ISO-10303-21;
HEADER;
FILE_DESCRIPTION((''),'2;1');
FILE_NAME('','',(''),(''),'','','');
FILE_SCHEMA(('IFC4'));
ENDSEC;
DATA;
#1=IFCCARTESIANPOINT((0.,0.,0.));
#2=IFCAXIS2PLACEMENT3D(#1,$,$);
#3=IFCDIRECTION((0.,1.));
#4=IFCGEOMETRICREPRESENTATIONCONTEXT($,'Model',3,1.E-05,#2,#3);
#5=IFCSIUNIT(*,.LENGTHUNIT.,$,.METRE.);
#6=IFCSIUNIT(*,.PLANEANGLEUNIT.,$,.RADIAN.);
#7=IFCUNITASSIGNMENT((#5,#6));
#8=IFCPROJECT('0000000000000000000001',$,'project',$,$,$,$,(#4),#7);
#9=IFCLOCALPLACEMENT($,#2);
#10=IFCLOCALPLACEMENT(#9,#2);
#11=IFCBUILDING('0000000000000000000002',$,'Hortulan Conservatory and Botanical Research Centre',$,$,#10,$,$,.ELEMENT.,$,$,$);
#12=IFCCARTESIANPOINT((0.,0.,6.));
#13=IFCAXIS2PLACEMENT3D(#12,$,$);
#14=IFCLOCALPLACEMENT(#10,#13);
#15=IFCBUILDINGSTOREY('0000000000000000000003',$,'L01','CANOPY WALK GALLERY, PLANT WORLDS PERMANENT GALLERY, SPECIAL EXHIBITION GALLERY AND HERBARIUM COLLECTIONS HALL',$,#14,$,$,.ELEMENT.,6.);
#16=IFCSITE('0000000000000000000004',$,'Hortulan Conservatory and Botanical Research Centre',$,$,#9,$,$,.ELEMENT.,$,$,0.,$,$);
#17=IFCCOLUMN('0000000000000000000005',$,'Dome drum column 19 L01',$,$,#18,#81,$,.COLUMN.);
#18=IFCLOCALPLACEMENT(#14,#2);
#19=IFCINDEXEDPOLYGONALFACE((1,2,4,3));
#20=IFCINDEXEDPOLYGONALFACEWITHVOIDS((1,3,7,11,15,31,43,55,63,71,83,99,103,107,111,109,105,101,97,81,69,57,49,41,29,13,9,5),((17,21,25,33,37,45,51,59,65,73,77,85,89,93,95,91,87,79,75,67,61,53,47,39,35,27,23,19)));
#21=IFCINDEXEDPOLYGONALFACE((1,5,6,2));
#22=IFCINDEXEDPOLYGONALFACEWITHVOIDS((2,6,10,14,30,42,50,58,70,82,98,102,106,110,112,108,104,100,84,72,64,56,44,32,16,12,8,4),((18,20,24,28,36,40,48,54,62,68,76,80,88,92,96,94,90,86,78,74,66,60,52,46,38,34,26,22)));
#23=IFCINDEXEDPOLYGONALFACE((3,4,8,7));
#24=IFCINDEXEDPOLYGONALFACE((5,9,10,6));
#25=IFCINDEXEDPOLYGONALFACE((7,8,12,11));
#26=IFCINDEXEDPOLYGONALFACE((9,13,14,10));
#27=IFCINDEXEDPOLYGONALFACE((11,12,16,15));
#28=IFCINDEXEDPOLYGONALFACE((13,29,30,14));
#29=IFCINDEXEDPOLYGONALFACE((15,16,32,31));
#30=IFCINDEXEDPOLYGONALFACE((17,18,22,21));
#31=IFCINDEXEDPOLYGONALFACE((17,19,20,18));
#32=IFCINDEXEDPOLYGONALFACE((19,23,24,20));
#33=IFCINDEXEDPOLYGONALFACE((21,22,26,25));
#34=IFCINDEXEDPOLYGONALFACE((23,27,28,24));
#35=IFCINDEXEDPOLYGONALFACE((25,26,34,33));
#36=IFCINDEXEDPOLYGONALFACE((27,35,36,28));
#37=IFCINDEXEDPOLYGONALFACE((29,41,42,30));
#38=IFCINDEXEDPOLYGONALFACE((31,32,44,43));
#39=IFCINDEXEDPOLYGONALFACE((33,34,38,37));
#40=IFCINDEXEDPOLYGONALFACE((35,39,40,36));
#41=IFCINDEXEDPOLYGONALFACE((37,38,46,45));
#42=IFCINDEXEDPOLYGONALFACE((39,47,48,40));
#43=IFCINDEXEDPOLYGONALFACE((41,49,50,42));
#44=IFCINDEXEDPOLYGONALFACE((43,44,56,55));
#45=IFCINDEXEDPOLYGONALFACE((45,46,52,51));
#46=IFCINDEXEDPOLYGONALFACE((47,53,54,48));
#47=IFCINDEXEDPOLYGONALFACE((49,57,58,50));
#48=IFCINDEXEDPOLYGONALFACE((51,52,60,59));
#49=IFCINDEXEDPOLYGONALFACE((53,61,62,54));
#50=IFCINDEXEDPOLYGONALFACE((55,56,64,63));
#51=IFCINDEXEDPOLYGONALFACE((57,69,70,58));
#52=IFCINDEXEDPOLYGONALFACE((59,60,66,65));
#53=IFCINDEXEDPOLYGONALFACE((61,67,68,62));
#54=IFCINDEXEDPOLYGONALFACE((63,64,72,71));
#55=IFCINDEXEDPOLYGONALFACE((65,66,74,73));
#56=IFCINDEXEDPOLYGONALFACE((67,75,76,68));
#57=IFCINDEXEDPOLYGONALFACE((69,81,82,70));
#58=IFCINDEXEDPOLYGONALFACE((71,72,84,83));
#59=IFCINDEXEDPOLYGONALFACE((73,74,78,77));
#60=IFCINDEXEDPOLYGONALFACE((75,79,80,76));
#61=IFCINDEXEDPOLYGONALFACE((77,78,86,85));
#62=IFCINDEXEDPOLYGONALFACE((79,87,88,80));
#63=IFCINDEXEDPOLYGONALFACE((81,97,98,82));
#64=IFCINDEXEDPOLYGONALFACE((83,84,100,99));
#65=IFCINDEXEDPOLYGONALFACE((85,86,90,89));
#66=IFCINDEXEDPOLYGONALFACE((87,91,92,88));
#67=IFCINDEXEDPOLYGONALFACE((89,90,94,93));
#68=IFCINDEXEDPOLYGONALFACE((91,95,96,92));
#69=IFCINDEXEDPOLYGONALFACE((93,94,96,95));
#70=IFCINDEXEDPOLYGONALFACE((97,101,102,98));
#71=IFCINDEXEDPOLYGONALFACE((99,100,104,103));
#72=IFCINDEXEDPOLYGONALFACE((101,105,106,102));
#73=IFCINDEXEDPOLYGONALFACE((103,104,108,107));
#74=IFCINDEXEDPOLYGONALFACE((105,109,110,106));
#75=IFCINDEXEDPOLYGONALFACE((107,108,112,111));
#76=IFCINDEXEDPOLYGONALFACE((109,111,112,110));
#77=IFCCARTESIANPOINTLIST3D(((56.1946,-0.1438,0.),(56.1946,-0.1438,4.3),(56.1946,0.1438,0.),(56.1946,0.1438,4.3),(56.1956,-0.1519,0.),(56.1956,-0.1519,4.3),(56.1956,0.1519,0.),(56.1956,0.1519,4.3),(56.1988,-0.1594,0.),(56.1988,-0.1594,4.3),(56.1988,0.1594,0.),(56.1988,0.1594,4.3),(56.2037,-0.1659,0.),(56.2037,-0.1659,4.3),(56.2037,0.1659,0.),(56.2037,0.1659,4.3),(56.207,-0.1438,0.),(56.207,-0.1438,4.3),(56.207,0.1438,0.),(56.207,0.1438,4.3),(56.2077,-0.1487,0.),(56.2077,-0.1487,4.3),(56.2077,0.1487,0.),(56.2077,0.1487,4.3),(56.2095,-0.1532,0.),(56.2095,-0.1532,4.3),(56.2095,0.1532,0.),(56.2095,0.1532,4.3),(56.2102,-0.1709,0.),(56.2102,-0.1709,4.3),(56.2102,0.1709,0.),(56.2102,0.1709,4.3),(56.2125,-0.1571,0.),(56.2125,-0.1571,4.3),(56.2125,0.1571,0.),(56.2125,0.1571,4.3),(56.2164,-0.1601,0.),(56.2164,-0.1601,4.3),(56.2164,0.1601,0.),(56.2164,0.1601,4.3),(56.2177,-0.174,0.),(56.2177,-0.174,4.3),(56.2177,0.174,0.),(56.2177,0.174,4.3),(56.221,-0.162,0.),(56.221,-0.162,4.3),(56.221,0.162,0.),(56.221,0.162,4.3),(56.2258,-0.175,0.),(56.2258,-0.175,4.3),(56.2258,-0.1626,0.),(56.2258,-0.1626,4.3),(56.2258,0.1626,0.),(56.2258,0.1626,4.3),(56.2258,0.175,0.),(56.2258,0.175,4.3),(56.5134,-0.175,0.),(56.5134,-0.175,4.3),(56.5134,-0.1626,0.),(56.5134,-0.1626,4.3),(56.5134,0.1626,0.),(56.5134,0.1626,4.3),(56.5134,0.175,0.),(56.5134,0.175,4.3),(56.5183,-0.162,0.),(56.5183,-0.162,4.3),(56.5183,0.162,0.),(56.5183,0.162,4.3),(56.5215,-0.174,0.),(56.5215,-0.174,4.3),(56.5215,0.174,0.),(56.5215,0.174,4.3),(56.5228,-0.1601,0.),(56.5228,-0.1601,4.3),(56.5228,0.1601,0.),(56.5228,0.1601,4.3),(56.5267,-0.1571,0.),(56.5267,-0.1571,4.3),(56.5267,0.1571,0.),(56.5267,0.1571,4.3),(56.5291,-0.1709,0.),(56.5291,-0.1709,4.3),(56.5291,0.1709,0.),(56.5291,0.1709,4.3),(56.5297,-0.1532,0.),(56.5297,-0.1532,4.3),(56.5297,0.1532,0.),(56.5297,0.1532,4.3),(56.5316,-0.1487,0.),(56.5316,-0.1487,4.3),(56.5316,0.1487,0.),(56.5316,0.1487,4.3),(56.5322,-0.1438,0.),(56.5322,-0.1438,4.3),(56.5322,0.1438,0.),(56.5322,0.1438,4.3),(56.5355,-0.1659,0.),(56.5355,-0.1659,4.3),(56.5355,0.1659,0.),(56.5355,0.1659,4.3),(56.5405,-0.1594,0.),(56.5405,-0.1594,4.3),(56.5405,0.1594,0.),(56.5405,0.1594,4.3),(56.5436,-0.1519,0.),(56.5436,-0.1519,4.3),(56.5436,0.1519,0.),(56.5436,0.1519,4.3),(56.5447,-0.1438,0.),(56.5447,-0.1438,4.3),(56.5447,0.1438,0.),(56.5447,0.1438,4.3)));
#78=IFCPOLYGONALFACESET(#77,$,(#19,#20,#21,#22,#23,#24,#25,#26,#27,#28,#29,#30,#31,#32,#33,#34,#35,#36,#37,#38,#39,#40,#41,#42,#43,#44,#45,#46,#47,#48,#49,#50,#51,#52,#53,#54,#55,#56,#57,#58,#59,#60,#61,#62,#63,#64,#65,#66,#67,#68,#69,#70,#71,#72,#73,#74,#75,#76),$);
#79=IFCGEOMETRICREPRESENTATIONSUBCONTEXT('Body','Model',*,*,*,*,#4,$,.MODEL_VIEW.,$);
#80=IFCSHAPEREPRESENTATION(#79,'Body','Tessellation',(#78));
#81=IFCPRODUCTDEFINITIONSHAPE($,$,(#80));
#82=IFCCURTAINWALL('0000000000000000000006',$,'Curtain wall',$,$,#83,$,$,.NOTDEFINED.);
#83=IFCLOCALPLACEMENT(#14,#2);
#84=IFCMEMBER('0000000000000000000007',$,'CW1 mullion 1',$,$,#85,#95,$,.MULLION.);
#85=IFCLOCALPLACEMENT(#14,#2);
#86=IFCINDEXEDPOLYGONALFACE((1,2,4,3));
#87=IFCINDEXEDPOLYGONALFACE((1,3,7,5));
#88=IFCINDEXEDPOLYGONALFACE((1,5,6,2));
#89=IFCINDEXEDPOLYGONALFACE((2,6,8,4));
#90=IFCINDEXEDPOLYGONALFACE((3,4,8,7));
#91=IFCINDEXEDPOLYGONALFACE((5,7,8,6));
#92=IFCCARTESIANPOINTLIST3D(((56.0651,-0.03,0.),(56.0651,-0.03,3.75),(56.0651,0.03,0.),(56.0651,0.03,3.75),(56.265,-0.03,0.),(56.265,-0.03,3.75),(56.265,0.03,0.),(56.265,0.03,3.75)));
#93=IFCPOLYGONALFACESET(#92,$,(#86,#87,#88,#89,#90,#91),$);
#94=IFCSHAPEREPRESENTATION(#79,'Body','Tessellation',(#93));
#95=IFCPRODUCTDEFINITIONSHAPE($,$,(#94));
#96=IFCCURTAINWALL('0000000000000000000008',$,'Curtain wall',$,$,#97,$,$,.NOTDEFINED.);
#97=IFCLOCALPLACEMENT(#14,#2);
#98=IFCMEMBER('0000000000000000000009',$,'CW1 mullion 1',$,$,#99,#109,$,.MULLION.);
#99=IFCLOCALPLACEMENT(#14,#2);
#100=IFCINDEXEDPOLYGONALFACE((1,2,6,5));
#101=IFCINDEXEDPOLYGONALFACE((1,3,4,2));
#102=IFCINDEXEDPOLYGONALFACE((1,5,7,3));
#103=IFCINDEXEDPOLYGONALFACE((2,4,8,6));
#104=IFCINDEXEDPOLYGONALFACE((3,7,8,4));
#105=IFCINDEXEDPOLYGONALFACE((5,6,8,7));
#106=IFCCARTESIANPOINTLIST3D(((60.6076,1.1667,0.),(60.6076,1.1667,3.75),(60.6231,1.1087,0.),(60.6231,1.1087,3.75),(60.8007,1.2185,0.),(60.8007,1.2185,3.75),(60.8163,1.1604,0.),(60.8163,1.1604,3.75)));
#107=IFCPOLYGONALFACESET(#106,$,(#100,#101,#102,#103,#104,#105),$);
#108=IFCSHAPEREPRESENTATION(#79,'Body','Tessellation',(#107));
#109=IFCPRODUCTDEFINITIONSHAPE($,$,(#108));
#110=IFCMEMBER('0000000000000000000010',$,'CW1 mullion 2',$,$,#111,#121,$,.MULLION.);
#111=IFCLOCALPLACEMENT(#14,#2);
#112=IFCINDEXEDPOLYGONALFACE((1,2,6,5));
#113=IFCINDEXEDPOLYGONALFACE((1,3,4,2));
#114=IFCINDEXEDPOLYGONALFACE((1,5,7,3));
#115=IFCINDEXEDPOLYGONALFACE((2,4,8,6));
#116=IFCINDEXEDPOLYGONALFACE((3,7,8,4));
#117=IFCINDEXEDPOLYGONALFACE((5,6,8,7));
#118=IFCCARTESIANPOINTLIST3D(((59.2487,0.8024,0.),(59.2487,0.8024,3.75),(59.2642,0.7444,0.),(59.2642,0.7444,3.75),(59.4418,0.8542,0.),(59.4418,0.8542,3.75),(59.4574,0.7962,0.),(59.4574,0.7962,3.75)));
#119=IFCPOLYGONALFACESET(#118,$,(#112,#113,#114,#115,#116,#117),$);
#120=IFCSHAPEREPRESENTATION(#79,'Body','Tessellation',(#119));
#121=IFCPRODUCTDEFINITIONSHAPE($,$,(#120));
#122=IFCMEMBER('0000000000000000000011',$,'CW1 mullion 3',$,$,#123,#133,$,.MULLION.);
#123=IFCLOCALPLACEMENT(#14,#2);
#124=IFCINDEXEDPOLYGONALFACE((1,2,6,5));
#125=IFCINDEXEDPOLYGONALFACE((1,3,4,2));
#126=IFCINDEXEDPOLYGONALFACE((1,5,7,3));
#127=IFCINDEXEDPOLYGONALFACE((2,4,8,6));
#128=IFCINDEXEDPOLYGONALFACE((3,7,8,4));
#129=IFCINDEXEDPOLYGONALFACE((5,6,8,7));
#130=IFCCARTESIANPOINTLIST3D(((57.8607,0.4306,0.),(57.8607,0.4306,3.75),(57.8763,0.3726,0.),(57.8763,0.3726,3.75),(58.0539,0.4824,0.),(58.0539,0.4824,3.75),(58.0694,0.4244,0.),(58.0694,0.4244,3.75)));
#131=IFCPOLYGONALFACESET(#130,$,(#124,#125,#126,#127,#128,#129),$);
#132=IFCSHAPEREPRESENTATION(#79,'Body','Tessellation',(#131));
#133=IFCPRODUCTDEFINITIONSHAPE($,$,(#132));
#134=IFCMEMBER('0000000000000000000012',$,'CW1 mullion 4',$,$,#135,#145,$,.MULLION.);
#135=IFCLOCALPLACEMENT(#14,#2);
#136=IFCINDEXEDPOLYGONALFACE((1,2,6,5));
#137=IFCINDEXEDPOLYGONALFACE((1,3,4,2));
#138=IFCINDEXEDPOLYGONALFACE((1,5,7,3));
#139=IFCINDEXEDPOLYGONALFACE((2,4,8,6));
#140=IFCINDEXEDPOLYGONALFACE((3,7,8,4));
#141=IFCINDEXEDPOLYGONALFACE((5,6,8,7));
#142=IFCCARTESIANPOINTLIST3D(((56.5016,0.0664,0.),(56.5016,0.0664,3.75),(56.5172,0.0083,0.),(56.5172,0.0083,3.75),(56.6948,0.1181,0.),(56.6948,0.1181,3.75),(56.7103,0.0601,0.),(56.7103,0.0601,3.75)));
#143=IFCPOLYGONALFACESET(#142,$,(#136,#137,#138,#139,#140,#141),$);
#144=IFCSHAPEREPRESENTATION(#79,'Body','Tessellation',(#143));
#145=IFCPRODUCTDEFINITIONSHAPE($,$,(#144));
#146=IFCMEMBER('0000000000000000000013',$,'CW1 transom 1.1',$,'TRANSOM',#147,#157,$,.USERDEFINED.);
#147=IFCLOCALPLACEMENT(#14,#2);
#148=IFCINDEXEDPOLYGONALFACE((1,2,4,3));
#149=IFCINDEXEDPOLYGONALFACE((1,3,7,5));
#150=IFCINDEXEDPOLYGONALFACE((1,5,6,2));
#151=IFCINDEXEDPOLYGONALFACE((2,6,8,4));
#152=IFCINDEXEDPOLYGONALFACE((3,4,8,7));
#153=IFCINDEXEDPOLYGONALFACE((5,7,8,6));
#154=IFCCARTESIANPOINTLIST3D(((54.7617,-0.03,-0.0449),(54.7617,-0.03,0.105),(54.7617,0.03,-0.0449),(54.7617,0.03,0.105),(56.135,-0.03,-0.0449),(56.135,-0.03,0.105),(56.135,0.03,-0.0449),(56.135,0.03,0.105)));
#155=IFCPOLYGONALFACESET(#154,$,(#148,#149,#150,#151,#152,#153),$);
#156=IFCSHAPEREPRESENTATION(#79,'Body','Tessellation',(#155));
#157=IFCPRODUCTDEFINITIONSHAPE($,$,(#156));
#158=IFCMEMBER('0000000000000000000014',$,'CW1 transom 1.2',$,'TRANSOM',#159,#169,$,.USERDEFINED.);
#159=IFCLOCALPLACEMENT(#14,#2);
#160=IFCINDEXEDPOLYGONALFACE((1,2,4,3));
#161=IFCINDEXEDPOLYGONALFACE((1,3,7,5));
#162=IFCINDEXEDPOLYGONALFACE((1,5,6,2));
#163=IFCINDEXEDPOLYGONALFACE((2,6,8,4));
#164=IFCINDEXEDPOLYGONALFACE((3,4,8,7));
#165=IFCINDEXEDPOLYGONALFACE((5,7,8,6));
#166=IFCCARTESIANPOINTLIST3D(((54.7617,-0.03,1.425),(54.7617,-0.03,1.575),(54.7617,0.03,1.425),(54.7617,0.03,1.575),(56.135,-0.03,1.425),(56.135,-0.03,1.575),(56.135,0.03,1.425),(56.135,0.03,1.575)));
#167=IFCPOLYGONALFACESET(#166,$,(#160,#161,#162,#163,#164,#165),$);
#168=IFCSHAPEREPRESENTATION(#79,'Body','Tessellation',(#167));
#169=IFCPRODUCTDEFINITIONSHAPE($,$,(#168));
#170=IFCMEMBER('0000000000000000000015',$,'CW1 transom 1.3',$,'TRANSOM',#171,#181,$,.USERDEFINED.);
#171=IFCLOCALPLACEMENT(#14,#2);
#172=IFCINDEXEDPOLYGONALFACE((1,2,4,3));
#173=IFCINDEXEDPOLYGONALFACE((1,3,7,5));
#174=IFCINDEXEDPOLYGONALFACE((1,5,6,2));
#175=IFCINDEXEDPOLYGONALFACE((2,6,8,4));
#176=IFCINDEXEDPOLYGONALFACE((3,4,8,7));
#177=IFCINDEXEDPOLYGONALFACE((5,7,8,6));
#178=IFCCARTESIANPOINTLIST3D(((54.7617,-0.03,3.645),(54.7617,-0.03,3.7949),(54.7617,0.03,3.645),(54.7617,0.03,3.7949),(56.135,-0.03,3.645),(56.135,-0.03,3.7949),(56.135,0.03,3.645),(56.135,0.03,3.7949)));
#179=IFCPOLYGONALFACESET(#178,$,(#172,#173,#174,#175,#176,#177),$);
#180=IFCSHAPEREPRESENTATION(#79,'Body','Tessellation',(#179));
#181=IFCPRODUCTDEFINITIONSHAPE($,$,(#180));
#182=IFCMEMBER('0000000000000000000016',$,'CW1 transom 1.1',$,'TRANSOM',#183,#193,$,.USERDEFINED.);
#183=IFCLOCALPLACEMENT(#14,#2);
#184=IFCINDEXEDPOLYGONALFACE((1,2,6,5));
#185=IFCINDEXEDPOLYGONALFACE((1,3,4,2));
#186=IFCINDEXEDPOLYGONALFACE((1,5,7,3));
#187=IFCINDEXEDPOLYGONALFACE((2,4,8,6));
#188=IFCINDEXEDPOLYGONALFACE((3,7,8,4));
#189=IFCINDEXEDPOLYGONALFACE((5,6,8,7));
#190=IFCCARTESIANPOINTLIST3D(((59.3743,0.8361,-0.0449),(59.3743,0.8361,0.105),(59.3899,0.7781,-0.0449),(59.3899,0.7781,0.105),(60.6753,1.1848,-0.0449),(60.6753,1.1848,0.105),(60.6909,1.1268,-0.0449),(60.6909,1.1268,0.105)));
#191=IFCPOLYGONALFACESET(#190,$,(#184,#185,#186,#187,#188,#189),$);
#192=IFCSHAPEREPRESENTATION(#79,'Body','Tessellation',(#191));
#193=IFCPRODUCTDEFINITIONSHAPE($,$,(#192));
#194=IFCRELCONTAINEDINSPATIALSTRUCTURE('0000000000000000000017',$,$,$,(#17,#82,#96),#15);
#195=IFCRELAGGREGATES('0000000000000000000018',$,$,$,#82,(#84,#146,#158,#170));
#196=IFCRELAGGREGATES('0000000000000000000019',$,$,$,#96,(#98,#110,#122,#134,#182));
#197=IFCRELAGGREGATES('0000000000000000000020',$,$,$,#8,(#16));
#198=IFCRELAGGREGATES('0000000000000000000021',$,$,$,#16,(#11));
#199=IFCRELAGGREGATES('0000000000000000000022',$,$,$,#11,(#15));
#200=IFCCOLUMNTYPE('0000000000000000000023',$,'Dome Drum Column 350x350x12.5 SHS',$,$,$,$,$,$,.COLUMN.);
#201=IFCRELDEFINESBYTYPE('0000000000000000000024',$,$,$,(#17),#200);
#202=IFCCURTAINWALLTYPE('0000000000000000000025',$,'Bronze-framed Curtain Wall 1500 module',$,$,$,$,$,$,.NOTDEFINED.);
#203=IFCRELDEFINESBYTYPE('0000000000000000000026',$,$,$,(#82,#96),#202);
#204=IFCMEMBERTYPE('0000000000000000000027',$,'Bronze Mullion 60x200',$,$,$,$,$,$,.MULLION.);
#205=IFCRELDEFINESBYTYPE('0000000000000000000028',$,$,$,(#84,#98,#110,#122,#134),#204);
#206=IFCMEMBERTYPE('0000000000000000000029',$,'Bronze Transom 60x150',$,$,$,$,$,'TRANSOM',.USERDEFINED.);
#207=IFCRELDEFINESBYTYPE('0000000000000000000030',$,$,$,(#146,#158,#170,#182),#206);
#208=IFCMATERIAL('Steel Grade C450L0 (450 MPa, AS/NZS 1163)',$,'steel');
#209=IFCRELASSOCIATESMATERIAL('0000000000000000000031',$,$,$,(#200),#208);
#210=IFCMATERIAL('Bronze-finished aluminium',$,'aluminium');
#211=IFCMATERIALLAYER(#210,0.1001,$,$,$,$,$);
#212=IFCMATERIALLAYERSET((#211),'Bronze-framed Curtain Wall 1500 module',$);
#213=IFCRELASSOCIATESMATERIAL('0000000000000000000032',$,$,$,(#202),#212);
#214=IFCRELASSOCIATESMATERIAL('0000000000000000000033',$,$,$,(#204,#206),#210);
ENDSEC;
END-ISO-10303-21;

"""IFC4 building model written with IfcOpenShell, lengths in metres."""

from ifc_helpers import new_model, si_unit, direction, frame, origin, origin_2d, place, context, subcontext, project, spatial, rectangle, hollow_rectangle, extrude, material, layer, layer_set, material_profile, profile_set, type_object, element, aggregate, save


model = new_model("IFC4")

# Units and contexts
model_context = context("Model", 3, precision=1e-05, world=origin(), true_north=direction((0.0, 1.0)))
body_context = subcontext(model_context, "Body", "Model", "MODEL_VIEW")
ifc_project = project(units=[si_unit("LENGTHUNIT", "METRE"), si_unit("PLANEANGLEUNIT", "RADIAN")], contexts=[model_context])

# Site, building, storey
site_placement = place(None, origin())
site = spatial("IfcSite", under=ifc_project, at=site_placement, Name="Hortulan Conservatory and Botanical Research Centre", CompositionType="ELEMENT", RefElevation=0.0)
building_placement = place(site_placement, origin())
building = spatial("IfcBuilding", under=site, at=building_placement, Name="Hortulan Conservatory and Botanical Research Centre", CompositionType="ELEMENT")
storey_placement = place(building_placement, frame((0.0, 0.0, 6.0)))
storey = spatial("IfcBuildingStorey", under=building, at=storey_placement, Name="L01", Description="CANOPY WALK GALLERY, PLANT WORLDS PERMANENT GALLERY, SPECIAL EXHIBITION GALLERY AND HERBARIUM COLLECTIONS HALL", CompositionType="ELEMENT", Elevation=6.0)

# Column
ifc_material_1 = material(Name="Steel Grade C450L0 (450 MPa, AS/NZS 1163)", Category="steel")
ifc_material_profile_1 = material_profile(ifc_material_1, hollow_rectangle(XDim=0.3501, YDim=0.3501, WallThickness=0.0125, InnerFilletRadius=0.0188, OuterFilletRadius=0.0312, at=origin_2d()), Name="350x350x12.5SHS")
ifc_profile_set_1 = profile_set([ifc_material_profile_1], Name="Steel Grade C450L0 (450 MPa, AS/NZS 1163)")
column_type = type_object("IfcColumnType", Name="Dome Drum Column 350x350x12.5 SHS", PredefinedType="COLUMN", material=ifc_profile_set_1)
column_placement = place(storey_placement, frame((56.3696, 0.0, 0.0), z_axis=(0.0, 0.0, 1.0), x_axis=(1.0, 0.0, 0.0)))
element("IfcColumn", 1, at=column_placement, inside=storey, type_object=column_type, Name="Dome drum column 19 L01", PredefinedType="COLUMN", context=body_context, shape_type="SweptSolid", body=[
    extrude(hollow_rectangle(XDim=0.3501, YDim=0.3501, WallThickness=0.0125, InnerFilletRadius=0.0188, OuterFilletRadius=0.0312, at=origin_2d()), origin(), (0.0, 0.0, 1.0), 4.3),
])

# Curtain wall, member
ifc_material_2 = material(Name="Bronze-finished aluminium", Category="aluminium")
ifc_layer_1 = layer(ifc_material_2, 0.1001)
ifc_layer_set_1 = layer_set([ifc_layer_1], Name="Bronze-framed Curtain Wall 1500 module")
curtain_wall_type = type_object("IfcCurtainWallType", Name="Bronze-framed Curtain Wall 1500 module", PredefinedType="NOTDEFINED", material=ifc_layer_set_1)
curtain_wall_1_placement = place(storey_placement, origin())
curtain_wall_1 = element("IfcCurtainWall", 2, at=curtain_wall_1_placement, inside=storey, type_object=curtain_wall_type, Name="Curtain wall", PredefinedType="NOTDEFINED")
ifc_material_profile_2 = material_profile(ifc_material_2, rectangle(XDim=0.0601, YDim=0.2, at=origin_2d()), Name="Bronze Mullion 60x200")
ifc_profile_set_2 = profile_set([ifc_material_profile_2], Name="Bronze-finished aluminium")
member_type_1 = type_object("IfcMemberType", Name="Bronze Mullion 60x200", PredefinedType="MULLION", material=ifc_profile_set_2)
member_1_placement = place(storey_placement, frame((56.165, 0.0, 0.0), z_axis=(0.0, 0.0, 1.0), x_axis=(0.0, -1.0, 0.0)))
member_1 = element("IfcMember", 3, at=member_1_placement, type_object=member_type_1, Name="CW1 mullion 1", PredefinedType="MULLION", context=body_context, shape_type="SweptSolid", body=[
    extrude(rectangle(XDim=0.0601, YDim=0.2, at=origin_2d()), origin(), (0.0, 0.0, 1.0), 3.75),
])

# Curtain wall, members
curtain_wall_2_placement = place(storey_placement, origin())
curtain_wall_2 = element("IfcCurtainWall", 4, at=curtain_wall_2_placement, inside=storey, type_object=curtain_wall_type, Name="Curtain wall", PredefinedType="NOTDEFINED")
member_2_placement = place(storey_placement, frame((60.7119, 1.1636, 0.0), z_axis=(0.0, 0.0, 1.0), x_axis=(0.258832, -0.965922, 0.0)))
member_2 = element("IfcMember", 5, at=member_2_placement, type_object=member_type_1, Name="CW1 mullion 1", PredefinedType="MULLION", context=body_context, shape_type="SweptSolid", body=[
    extrude(rectangle(XDim=0.0601, YDim=0.2, at=origin_2d()), origin(), (0.0, 0.0, 1.0), 3.75),
])
member_3_placement = place(storey_placement, frame((59.353, 0.7993, 0.0), z_axis=(0.0, 0.0, 1.0), x_axis=(0.258832, -0.965922, 0.0)))
member_3 = element("IfcMember", 6, at=member_3_placement, type_object=member_type_1, Name="CW1 mullion 2", PredefinedType="MULLION", context=body_context, shape_type="SweptSolid", body=[
    extrude(rectangle(XDim=0.0601, YDim=0.2, at=origin_2d()), origin(), (0.0, 0.0, 1.0), 3.75),
])
member_4_placement = place(storey_placement, frame((57.9651, 0.4275, 0.0), z_axis=(0.0, 0.0, 1.0), x_axis=(0.258832, -0.965922, 0.0)))
member_4 = element("IfcMember", 7, at=member_4_placement, type_object=member_type_1, Name="CW1 mullion 3", PredefinedType="MULLION", context=body_context, shape_type="SweptSolid", body=[
    extrude(rectangle(XDim=0.0601, YDim=0.2, at=origin_2d()), origin(), (0.0, 0.0, 1.0), 3.75),
])
member_5_placement = place(storey_placement, frame((56.606, 0.0632, 0.0), z_axis=(0.0, 0.0, 1.0), x_axis=(0.258832, -0.965922, 0.0)))
member_5 = element("IfcMember", 8, at=member_5_placement, type_object=member_type_1, Name="CW1 mullion 4", PredefinedType="MULLION", context=body_context, shape_type="SweptSolid", body=[
    extrude(rectangle(XDim=0.0601, YDim=0.2, at=origin_2d()), origin(), (0.0, 0.0, 1.0), 3.75),
])

# Members
ifc_material_profile_3 = material_profile(ifc_material_2, rectangle(XDim=0.0601, YDim=0.1499, at=origin_2d()), Name="Bronze Transom 60x150")
ifc_profile_set_3 = profile_set([ifc_material_profile_3], Name="Bronze-finished aluminium")
member_type_2 = type_object("IfcMemberType", Name="Bronze Transom 60x150", ElementType="TRANSOM", PredefinedType="USERDEFINED", material=ifc_profile_set_3)
member_6_placement = place(storey_placement, frame((56.135, 0.0, 0.03), z_axis=(-1.0, 0.0, 0.0), x_axis=(0.0, -1.0, 0.0)))
member_6 = element("IfcMember", 9, at=member_6_placement, type_object=member_type_2, Name="CW1 transom 1.1", ObjectType="TRANSOM", PredefinedType="USERDEFINED", context=body_context, shape_type="SweptSolid", body=[
    extrude(rectangle(XDim=0.0601, YDim=0.1499, at=origin_2d()), origin(), (0.0, 0.0, 1.0), 1.3733),
])
member_7_placement = place(storey_placement, frame((56.135, 0.0, 1.5), z_axis=(-1.0, 0.0, 0.0), x_axis=(0.0, -1.0, 0.0)))
member_7 = element("IfcMember", 10, at=member_7_placement, type_object=member_type_2, Name="CW1 transom 1.2", ObjectType="TRANSOM", PredefinedType="USERDEFINED", context=body_context, shape_type="SweptSolid", body=[
    extrude(rectangle(XDim=0.0601, YDim=0.1499, at=origin_2d()), origin(), (0.0, 0.0, 1.0), 1.3733),
])
member_8_placement = place(storey_placement, frame((56.135, 0.0, 3.72), z_axis=(-1.0, 0.0, 0.0), x_axis=(0.0, -1.0, 0.0)))
member_8 = element("IfcMember", 11, at=member_8_placement, type_object=member_type_2, Name="CW1 transom 1.3", ObjectType="TRANSOM", PredefinedType="USERDEFINED", context=body_context, shape_type="SweptSolid", body=[
    extrude(rectangle(XDim=0.0601, YDim=0.1499, at=origin_2d()), origin(), (0.0, 0.0, 1.0), 1.3733),
])
member_9_placement = place(storey_placement, frame((60.6831, 1.1558, 0.03), z_axis=(-0.965921, -0.258836, 0.0), x_axis=(0.258836, -0.965921, 0.0)))
member_9 = element("IfcMember", 12, at=member_9_placement, type_object=member_type_2, Name="CW1 transom 1.1", ObjectType="TRANSOM", PredefinedType="USERDEFINED", context=body_context, shape_type="SweptSolid", body=[
    extrude(rectangle(XDim=0.0601, YDim=0.1499, at=origin_2d()), origin(), (0.0, 0.0, 1.0), 1.3469),
])

aggregate(curtain_wall_1, [member_1, member_6, member_7, member_8])
aggregate(curtain_wall_2, [member_2, member_3, member_4, member_5, member_9])

save(model, "model.ifc")
